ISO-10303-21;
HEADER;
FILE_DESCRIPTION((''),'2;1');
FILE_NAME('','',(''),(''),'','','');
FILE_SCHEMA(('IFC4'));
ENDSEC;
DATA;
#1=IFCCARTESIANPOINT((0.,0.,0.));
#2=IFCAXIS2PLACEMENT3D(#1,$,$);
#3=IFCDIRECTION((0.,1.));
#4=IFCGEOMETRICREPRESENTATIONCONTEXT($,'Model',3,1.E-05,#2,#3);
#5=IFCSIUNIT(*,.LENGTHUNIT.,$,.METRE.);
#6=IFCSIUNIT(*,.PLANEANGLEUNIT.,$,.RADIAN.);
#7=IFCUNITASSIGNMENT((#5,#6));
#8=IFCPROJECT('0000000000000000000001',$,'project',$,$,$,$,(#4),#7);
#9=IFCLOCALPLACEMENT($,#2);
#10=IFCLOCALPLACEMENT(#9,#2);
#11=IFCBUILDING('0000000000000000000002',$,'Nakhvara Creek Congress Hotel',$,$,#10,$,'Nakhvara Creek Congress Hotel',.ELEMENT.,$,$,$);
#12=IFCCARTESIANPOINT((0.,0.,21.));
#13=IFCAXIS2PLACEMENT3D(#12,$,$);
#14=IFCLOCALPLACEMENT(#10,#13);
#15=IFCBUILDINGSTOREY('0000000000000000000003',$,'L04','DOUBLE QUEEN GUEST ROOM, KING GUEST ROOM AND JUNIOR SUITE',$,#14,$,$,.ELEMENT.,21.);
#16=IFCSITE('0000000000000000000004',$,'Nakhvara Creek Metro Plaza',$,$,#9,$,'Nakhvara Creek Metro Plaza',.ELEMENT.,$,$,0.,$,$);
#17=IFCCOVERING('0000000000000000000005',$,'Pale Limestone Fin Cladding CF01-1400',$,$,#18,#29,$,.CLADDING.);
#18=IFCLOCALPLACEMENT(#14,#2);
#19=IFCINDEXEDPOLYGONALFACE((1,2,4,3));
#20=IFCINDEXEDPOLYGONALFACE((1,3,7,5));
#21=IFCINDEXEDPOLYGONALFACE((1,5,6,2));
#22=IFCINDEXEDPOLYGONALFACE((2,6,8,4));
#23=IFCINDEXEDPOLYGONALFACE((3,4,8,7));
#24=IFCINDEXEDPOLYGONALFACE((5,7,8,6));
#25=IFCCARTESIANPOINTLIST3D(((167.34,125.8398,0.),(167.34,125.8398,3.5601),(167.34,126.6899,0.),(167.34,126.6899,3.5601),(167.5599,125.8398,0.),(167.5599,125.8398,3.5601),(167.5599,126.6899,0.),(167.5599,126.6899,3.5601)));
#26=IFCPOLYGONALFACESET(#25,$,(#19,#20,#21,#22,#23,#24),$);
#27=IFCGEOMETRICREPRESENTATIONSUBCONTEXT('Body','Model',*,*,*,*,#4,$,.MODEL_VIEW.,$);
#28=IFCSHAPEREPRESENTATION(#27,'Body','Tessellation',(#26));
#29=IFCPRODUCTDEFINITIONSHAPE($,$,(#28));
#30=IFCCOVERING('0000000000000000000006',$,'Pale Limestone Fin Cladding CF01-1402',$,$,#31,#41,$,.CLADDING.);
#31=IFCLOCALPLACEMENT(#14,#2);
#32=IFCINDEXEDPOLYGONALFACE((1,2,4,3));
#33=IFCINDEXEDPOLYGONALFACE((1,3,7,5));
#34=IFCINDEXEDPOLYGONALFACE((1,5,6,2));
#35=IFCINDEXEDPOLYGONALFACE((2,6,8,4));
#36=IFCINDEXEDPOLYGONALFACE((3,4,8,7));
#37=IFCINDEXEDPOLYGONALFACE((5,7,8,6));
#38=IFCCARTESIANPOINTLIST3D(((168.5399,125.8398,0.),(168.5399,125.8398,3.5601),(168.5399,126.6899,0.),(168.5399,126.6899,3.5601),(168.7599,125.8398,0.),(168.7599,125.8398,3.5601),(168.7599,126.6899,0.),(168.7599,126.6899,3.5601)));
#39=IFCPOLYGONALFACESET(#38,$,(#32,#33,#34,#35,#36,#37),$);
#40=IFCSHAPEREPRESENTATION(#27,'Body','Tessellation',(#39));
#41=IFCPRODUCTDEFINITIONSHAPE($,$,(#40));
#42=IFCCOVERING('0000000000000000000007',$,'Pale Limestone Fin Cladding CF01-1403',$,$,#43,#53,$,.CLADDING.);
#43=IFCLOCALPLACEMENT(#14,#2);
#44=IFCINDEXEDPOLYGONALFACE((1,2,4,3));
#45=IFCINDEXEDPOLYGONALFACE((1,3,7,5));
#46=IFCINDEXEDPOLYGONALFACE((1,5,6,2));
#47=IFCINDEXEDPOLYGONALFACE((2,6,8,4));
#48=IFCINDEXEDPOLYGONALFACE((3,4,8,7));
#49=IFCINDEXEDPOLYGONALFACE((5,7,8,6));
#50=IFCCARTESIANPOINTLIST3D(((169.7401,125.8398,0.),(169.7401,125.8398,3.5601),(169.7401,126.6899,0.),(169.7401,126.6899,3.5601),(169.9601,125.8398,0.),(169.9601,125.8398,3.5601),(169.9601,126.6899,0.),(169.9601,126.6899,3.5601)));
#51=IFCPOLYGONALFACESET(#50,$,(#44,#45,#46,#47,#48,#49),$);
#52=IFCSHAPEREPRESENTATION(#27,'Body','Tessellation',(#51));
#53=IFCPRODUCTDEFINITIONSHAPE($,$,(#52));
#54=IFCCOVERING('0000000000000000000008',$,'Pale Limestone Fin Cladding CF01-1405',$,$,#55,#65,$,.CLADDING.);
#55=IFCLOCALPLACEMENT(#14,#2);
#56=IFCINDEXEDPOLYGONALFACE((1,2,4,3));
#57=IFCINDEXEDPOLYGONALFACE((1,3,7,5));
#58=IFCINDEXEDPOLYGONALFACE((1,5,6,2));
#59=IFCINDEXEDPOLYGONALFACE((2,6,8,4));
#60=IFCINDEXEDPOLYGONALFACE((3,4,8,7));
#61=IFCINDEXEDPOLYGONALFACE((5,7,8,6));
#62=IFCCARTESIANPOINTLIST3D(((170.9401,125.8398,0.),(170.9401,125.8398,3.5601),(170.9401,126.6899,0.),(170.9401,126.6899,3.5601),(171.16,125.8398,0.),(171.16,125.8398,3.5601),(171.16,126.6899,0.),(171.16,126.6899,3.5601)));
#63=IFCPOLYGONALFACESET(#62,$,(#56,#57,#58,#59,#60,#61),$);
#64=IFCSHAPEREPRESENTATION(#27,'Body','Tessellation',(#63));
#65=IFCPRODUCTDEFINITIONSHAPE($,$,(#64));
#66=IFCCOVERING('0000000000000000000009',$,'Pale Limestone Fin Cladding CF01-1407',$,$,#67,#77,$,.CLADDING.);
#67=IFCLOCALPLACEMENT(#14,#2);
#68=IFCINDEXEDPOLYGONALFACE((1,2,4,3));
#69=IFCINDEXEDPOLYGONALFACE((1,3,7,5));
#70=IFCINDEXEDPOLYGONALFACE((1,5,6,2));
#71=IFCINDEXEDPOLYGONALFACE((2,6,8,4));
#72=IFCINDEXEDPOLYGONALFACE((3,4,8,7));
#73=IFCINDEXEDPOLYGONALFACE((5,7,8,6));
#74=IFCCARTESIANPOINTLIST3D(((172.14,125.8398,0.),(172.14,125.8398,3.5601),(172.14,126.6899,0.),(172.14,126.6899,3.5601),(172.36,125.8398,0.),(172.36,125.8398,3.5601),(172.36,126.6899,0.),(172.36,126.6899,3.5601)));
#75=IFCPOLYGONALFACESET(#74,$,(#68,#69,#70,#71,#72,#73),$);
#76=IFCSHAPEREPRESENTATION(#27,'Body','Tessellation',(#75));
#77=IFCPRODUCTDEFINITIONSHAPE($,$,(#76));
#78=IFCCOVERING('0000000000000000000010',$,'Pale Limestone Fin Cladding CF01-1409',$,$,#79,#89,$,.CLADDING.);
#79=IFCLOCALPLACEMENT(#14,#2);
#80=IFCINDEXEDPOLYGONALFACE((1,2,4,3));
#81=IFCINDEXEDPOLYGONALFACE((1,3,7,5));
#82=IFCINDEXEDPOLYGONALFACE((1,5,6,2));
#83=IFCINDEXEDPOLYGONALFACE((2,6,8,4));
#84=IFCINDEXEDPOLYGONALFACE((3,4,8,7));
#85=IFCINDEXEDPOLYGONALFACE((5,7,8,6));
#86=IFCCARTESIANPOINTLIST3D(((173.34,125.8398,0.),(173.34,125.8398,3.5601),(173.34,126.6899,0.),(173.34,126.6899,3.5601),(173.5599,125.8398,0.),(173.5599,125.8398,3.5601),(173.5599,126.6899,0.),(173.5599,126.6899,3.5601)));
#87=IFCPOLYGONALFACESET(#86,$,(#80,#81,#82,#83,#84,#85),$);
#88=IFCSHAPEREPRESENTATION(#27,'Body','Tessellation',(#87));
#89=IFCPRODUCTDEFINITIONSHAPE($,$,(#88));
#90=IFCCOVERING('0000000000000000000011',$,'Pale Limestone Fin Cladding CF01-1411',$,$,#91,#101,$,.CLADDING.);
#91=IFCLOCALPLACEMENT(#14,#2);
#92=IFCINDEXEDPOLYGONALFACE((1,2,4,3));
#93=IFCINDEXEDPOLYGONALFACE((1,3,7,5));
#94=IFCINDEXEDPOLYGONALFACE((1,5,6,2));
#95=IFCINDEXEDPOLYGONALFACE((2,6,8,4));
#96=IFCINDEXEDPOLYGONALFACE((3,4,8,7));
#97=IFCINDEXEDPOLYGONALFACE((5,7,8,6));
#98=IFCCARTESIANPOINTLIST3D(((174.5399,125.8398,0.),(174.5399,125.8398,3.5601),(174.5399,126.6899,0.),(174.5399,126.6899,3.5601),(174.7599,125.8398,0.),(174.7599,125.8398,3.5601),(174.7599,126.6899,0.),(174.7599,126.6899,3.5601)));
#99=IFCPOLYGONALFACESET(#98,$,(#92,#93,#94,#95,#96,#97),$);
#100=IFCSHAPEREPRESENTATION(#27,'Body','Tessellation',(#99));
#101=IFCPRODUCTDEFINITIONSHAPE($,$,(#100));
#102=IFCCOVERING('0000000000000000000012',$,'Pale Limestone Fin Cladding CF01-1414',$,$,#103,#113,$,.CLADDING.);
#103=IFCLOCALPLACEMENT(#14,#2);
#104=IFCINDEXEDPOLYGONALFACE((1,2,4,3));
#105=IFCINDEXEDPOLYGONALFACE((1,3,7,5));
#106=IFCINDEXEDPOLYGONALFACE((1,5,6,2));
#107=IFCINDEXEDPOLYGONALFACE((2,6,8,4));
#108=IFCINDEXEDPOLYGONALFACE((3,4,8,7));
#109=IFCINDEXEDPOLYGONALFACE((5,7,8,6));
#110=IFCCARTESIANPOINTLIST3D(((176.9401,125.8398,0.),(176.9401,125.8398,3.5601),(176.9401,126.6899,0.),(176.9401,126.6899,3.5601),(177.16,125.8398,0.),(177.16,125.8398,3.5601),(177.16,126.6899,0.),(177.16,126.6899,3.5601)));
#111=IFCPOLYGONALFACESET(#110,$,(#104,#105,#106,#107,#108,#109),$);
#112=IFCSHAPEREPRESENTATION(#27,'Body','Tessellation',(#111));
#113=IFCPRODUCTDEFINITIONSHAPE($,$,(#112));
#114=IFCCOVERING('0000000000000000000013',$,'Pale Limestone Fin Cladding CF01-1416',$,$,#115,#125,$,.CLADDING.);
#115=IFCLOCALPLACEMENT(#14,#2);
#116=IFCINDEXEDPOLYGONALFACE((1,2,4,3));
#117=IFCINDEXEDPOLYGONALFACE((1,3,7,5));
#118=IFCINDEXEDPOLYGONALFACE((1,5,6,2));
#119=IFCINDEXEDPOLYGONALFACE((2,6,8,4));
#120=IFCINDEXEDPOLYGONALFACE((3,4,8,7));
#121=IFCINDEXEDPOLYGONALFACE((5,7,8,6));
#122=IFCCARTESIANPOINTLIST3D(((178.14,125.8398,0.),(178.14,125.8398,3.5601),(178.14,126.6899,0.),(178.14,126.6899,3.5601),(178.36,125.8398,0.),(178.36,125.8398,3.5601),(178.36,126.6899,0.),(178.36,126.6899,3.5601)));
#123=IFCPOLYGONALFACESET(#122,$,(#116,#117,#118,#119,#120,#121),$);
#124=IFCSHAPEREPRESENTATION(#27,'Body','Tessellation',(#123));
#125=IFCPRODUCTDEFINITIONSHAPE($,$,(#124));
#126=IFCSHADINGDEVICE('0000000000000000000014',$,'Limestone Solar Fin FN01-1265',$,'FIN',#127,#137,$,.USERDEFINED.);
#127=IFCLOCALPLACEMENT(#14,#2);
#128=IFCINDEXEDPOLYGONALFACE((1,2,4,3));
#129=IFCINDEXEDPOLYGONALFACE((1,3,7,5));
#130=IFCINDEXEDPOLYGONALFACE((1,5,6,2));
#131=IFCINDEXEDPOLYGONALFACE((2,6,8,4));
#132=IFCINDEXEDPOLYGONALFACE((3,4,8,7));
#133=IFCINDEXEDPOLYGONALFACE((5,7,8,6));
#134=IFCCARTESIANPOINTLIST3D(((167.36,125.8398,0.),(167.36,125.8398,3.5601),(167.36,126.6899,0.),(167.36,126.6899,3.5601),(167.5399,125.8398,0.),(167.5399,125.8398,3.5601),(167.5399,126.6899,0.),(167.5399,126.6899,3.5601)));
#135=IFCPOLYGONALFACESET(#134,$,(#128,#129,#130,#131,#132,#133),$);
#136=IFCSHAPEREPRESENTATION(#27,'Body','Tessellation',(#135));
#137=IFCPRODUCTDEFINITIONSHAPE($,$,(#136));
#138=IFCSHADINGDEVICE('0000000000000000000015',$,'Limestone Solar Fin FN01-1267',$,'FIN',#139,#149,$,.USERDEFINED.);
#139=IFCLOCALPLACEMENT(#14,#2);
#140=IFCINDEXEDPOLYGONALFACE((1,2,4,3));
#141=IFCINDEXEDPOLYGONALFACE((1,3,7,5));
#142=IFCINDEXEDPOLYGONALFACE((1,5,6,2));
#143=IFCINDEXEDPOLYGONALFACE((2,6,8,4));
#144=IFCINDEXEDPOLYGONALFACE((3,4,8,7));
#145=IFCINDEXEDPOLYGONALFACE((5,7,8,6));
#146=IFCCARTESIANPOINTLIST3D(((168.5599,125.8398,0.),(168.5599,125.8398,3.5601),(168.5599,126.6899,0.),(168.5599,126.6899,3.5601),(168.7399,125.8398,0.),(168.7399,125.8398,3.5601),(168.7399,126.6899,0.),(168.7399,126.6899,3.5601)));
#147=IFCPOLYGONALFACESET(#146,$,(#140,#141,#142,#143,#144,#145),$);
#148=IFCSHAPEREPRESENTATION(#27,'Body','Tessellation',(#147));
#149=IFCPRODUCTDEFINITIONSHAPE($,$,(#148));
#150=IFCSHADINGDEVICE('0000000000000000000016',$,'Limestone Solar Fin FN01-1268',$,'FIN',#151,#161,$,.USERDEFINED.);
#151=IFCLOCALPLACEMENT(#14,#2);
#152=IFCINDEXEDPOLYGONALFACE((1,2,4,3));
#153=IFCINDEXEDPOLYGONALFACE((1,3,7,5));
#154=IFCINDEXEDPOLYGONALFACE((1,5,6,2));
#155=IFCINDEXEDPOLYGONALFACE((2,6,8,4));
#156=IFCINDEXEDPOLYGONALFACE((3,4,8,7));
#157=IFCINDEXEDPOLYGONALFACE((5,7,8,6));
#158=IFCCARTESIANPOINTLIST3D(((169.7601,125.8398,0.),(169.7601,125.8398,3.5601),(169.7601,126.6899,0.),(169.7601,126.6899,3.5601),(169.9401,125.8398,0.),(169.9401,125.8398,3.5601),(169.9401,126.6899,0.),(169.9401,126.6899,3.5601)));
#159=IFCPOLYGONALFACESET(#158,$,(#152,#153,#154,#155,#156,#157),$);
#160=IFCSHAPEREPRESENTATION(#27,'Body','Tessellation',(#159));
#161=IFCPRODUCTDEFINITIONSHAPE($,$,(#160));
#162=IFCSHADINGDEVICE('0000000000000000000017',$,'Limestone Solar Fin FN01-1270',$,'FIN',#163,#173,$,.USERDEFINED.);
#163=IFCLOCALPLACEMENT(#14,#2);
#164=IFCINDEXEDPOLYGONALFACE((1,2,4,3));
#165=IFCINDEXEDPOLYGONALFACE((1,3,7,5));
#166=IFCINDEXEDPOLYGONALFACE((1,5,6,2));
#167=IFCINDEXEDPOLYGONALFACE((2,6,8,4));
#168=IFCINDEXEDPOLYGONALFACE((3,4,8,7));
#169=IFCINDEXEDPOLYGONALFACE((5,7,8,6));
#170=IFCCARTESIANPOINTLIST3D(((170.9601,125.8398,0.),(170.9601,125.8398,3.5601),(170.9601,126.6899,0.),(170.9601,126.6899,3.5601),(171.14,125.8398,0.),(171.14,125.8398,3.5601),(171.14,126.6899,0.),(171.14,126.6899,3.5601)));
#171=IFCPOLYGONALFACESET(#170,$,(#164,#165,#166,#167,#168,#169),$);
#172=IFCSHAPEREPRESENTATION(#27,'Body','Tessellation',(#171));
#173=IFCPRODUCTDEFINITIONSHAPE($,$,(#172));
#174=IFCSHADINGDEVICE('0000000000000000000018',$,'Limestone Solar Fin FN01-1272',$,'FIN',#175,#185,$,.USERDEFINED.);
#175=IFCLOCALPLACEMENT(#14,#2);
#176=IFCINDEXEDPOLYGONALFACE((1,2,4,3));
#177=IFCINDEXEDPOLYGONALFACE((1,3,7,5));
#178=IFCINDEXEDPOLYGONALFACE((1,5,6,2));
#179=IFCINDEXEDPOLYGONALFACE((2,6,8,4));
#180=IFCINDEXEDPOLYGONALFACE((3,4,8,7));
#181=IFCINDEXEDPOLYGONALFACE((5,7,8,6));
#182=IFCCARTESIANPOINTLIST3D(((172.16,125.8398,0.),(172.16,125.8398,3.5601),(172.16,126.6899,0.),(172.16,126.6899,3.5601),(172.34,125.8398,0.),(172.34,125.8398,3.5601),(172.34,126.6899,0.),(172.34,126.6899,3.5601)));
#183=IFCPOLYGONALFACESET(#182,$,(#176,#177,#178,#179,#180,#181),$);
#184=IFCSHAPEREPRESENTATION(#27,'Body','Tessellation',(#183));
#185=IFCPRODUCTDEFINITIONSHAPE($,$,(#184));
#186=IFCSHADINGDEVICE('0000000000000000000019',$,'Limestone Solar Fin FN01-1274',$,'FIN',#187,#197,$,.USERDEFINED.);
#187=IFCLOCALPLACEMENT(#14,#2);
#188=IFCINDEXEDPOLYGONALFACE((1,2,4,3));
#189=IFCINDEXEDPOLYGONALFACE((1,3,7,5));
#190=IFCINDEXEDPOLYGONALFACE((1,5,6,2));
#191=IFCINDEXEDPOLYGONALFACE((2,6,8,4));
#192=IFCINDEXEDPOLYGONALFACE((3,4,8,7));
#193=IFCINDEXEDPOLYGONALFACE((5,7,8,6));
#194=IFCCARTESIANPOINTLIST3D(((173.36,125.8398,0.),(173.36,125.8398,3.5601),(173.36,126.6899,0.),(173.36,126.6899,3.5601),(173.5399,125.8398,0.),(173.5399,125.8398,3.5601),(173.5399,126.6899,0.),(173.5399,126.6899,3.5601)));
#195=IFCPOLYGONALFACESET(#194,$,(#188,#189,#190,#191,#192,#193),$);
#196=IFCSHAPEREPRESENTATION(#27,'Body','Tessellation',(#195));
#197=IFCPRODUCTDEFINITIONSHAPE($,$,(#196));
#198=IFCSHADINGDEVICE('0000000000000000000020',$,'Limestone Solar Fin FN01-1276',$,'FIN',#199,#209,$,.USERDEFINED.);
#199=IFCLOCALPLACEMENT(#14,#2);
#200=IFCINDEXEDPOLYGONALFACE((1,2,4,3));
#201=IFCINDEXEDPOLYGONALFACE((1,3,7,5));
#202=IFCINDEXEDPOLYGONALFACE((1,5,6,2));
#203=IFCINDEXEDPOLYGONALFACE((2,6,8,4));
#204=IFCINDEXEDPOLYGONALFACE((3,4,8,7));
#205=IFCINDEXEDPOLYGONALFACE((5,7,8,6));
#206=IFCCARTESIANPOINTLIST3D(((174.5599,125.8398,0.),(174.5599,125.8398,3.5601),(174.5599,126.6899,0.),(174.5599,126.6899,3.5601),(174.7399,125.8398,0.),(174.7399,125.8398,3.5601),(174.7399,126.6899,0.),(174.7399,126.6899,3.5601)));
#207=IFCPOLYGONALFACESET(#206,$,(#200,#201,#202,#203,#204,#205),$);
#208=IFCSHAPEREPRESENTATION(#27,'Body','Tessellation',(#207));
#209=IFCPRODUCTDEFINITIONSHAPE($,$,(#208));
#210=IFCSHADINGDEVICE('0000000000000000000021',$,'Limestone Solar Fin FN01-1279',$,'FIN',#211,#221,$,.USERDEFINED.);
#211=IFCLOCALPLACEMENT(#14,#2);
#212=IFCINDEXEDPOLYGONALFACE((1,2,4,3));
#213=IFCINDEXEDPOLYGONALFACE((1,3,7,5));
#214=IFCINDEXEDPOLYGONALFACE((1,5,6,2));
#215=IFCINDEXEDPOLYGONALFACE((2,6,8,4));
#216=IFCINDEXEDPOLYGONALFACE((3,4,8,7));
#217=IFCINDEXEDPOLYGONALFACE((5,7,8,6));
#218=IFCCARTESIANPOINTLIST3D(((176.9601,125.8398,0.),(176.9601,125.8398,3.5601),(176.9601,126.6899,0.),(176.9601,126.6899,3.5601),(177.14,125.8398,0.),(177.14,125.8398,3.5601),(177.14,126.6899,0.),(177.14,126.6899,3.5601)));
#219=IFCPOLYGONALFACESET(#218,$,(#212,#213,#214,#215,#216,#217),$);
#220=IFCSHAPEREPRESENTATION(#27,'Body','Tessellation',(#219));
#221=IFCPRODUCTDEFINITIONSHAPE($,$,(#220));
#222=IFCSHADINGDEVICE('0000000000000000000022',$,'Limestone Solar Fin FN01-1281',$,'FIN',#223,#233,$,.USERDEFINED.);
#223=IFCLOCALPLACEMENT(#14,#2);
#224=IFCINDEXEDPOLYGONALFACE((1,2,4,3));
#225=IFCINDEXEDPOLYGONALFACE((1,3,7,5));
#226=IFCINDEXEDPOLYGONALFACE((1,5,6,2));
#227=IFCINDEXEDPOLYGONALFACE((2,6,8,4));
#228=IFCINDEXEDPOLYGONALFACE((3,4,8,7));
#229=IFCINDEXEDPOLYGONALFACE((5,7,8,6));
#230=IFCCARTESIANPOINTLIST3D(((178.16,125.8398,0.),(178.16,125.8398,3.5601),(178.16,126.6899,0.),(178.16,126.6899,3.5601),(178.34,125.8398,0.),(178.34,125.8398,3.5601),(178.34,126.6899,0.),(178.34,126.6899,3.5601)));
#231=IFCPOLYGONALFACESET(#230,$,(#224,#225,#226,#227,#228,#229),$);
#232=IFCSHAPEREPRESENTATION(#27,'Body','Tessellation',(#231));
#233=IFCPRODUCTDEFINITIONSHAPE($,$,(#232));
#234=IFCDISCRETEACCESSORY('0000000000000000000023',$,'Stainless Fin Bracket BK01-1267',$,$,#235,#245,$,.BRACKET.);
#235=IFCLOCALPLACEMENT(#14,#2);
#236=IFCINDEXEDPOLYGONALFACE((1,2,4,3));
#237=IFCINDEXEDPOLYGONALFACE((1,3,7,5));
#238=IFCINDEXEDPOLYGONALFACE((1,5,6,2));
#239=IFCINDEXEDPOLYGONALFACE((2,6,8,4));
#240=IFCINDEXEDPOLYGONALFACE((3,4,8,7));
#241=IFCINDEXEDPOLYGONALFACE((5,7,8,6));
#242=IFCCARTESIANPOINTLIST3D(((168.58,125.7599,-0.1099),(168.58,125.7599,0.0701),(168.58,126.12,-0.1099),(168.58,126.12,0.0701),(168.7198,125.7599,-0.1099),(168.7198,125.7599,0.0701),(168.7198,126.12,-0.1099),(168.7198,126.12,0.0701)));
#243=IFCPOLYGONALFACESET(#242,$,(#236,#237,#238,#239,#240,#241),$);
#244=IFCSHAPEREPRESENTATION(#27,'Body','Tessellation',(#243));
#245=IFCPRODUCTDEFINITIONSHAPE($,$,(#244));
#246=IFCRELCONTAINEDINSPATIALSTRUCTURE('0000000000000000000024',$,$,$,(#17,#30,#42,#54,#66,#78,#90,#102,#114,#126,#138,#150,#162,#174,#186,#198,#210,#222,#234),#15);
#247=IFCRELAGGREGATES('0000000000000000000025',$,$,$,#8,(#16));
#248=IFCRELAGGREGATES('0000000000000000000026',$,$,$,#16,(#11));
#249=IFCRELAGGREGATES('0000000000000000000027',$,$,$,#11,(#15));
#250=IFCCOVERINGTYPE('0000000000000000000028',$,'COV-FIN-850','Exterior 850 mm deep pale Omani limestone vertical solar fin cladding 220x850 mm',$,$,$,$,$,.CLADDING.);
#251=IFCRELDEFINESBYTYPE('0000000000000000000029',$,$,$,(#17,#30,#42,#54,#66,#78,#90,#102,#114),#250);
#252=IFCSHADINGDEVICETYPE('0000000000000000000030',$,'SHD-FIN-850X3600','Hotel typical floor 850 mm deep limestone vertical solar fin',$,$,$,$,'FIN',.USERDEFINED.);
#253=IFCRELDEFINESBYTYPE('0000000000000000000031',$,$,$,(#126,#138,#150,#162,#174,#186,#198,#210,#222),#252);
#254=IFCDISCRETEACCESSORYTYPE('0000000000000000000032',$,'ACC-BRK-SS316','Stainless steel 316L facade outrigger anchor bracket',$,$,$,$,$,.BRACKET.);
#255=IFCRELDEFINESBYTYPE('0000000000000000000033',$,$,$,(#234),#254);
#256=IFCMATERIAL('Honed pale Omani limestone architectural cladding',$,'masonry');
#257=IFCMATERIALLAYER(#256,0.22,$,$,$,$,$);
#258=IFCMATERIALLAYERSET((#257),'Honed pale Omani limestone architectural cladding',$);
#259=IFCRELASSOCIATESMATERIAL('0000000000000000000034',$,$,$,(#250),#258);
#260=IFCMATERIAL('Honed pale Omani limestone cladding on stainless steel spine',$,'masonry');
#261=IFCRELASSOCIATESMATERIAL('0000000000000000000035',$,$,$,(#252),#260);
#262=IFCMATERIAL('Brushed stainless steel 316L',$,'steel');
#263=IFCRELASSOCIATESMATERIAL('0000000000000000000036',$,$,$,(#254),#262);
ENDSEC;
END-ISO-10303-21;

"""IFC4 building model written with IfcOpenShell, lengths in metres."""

from ifc_helpers import new_model, si_unit, direction, frame, origin, origin_2d, place, context, subcontext, project, spatial, rectangle, extrude, material, layer, layer_set, type_object, element, save


model = new_model("IFC4")

# Units and contexts
model_context = context("Model", 3, precision=1e-05, world=origin(), true_north=direction((0.0, 1.0)))
body_context = subcontext(model_context, "Body", "Model", "MODEL_VIEW")
ifc_project = project(units=[si_unit("LENGTHUNIT", "METRE"), si_unit("PLANEANGLEUNIT", "RADIAN")], contexts=[model_context])

# Site, building, storey
site_placement = place(None, origin())
site = spatial("IfcSite", under=ifc_project, at=site_placement, Name="Nakhvara Creek Metro Plaza", LongName="Nakhvara Creek Metro Plaza", CompositionType="ELEMENT", RefElevation=0.0)
building_placement = place(site_placement, origin())
building = spatial("IfcBuilding", under=site, at=building_placement, Name="Nakhvara Creek Congress Hotel", LongName="Nakhvara Creek Congress Hotel", CompositionType="ELEMENT")
storey_placement = place(building_placement, frame((0.0, 0.0, 21.0)))
storey = spatial("IfcBuildingStorey", under=building, at=storey_placement, Name="L04", Description="DOUBLE QUEEN GUEST ROOM, KING GUEST ROOM AND JUNIOR SUITE", CompositionType="ELEMENT", Elevation=21.0)

# Coverings
ifc_material_1 = material(Name="Honed pale Omani limestone architectural cladding", Category="masonry")
ifc_layer_1 = layer(ifc_material_1, 0.22)
ifc_layer_set_1 = layer_set([ifc_layer_1], Name="Honed pale Omani limestone architectural cladding")
covering_type = type_object("IfcCoveringType", Name="COV-FIN-850", Description="Exterior 850 mm deep pale Omani limestone vertical solar fin cladding 220x850 mm", PredefinedType="CLADDING", material=ifc_layer_set_1)
for number, where, z_axis, x_axis, name in (
    (1, (167.45, 126.2649, 0.0), (0.0, 0.0, 1.0), (1.0, 0.0, 0.0), "Pale Limestone Fin Cladding CF01-1400"),
    (2, (168.6499, 126.2649, 0.0), (0.0, 0.0, 1.0), (1.0, 0.0, 0.0), "Pale Limestone Fin Cladding CF01-1402"),
    (3, (169.8501, 126.2649, 0.0), (0.0, 0.0, 1.0), (1.0, 0.0, 0.0), "Pale Limestone Fin Cladding CF01-1403"),
    (4, (171.05, 126.2649, 0.0), (0.0, 0.0, 1.0), (1.0, 0.0, 0.0), "Pale Limestone Fin Cladding CF01-1405"),
    (5, (172.25, 126.2649, 0.0), (0.0, 0.0, 1.0), (1.0, 0.0, 0.0), "Pale Limestone Fin Cladding CF01-1407"),
    (6, (173.45, 126.2649, 0.0), (0.0, 0.0, 1.0), (1.0, 0.0, 0.0), "Pale Limestone Fin Cladding CF01-1409"),
    (7, (174.6499, 126.2649, 0.0), (0.0, 0.0, 1.0), (1.0, 0.0, 0.0), "Pale Limestone Fin Cladding CF01-1411"),
    (8, (177.05, 126.2649, 0.0), (0.0, 0.0, 1.0), (1.0, 0.0, 0.0), "Pale Limestone Fin Cladding CF01-1414"),
    (9, (178.25, 126.2649, 0.0), (0.0, 0.0, 1.0), (1.0, 0.0, 0.0), "Pale Limestone Fin Cladding CF01-1416"),
):
    element("IfcCovering", number, at=place(storey_placement, frame(where, z_axis=z_axis, x_axis=x_axis)), inside=storey, type_object=covering_type, Name=name, PredefinedType="CLADDING", context=body_context, shape_type="SweptSolid", body=[
        extrude(rectangle(XDim=0.22, YDim=0.8501, at=origin_2d()), origin(), (0.0, 0.0, 1.0), 3.5601),
    ])

# Shading devices
ifc_material_2 = material(Name="Honed pale Omani limestone cladding on stainless steel spine", Category="masonry")
shading_device_type = type_object("IfcShadingDeviceType", Name="SHD-FIN-850X3600", Description="Hotel typical floor 850 mm deep limestone vertical solar fin", ElementType="FIN", PredefinedType="USERDEFINED", material=ifc_material_2)
for number, where, z_axis, x_axis, name in (
    (10, (167.45, 126.2649, 0.0), (0.0, 0.0, 1.0), (1.0, 0.0, 0.0), "Limestone Solar Fin FN01-1265"),
    (11, (168.6499, 126.2649, 0.0), (0.0, 0.0, 1.0), (1.0, 0.0, 0.0), "Limestone Solar Fin FN01-1267"),
    (12, (169.8501, 126.2649, 0.0), (0.0, 0.0, 1.0), (1.0, 0.0, 0.0), "Limestone Solar Fin FN01-1268"),
    (13, (171.05, 126.2649, 0.0), (0.0, 0.0, 1.0), (1.0, 0.0, 0.0), "Limestone Solar Fin FN01-1270"),
    (14, (172.25, 126.2649, 0.0), (0.0, 0.0, 1.0), (1.0, 0.0, 0.0), "Limestone Solar Fin FN01-1272"),
    (15, (173.45, 126.2649, 0.0), (0.0, 0.0, 1.0), (1.0, 0.0, 0.0), "Limestone Solar Fin FN01-1274"),
    (16, (174.6499, 126.2649, 0.0), (0.0, 0.0, 1.0), (1.0, 0.0, 0.0), "Limestone Solar Fin FN01-1276"),
    (17, (177.05, 126.2649, 0.0), (0.0, 0.0, 1.0), (1.0, 0.0, 0.0), "Limestone Solar Fin FN01-1279"),
    (18, (178.25, 126.2649, 0.0), (0.0, 0.0, 1.0), (1.0, 0.0, 0.0), "Limestone Solar Fin FN01-1281"),
):
    element("IfcShadingDevice", number, at=place(storey_placement, frame(where, z_axis=z_axis, x_axis=x_axis)), inside=storey, type_object=shading_device_type, Name=name, ObjectType="FIN", PredefinedType="USERDEFINED", context=body_context, shape_type="SweptSolid", body=[
        extrude(rectangle(XDim=0.1799, YDim=0.8501, at=origin_2d()), origin(), (0.0, 0.0, 1.0), 3.5601),
    ])

# Discrete accessory
ifc_material_3 = material(Name="Brushed stainless steel 316L", Category="steel")
discrete_accessory_type = type_object("IfcDiscreteAccessoryType", Name="ACC-BRK-SS316", Description="Stainless steel 316L facade outrigger anchor bracket", PredefinedType="BRACKET", material=ifc_material_3)
for number, where, z_axis, x_axis, name in (
    (19, (168.6499, 125.9399, -0.1099), (0.0, 0.0, 1.0), (1.0, 0.0, 0.0), "Stainless Fin Bracket BK01-1267"),
):
    element("IfcDiscreteAccessory", number, at=place(storey_placement, frame(where, z_axis=z_axis, x_axis=x_axis)), inside=storey, type_object=discrete_accessory_type, Name=name, PredefinedType="BRACKET", context=body_context, shape_type="SweptSolid", body=[
        extrude(rectangle(XDim=0.1399, YDim=0.3601, at=origin_2d()), origin(), (0.0, 0.0, 1.0), 0.1799),
    ])

save(model, "model.ifc")
